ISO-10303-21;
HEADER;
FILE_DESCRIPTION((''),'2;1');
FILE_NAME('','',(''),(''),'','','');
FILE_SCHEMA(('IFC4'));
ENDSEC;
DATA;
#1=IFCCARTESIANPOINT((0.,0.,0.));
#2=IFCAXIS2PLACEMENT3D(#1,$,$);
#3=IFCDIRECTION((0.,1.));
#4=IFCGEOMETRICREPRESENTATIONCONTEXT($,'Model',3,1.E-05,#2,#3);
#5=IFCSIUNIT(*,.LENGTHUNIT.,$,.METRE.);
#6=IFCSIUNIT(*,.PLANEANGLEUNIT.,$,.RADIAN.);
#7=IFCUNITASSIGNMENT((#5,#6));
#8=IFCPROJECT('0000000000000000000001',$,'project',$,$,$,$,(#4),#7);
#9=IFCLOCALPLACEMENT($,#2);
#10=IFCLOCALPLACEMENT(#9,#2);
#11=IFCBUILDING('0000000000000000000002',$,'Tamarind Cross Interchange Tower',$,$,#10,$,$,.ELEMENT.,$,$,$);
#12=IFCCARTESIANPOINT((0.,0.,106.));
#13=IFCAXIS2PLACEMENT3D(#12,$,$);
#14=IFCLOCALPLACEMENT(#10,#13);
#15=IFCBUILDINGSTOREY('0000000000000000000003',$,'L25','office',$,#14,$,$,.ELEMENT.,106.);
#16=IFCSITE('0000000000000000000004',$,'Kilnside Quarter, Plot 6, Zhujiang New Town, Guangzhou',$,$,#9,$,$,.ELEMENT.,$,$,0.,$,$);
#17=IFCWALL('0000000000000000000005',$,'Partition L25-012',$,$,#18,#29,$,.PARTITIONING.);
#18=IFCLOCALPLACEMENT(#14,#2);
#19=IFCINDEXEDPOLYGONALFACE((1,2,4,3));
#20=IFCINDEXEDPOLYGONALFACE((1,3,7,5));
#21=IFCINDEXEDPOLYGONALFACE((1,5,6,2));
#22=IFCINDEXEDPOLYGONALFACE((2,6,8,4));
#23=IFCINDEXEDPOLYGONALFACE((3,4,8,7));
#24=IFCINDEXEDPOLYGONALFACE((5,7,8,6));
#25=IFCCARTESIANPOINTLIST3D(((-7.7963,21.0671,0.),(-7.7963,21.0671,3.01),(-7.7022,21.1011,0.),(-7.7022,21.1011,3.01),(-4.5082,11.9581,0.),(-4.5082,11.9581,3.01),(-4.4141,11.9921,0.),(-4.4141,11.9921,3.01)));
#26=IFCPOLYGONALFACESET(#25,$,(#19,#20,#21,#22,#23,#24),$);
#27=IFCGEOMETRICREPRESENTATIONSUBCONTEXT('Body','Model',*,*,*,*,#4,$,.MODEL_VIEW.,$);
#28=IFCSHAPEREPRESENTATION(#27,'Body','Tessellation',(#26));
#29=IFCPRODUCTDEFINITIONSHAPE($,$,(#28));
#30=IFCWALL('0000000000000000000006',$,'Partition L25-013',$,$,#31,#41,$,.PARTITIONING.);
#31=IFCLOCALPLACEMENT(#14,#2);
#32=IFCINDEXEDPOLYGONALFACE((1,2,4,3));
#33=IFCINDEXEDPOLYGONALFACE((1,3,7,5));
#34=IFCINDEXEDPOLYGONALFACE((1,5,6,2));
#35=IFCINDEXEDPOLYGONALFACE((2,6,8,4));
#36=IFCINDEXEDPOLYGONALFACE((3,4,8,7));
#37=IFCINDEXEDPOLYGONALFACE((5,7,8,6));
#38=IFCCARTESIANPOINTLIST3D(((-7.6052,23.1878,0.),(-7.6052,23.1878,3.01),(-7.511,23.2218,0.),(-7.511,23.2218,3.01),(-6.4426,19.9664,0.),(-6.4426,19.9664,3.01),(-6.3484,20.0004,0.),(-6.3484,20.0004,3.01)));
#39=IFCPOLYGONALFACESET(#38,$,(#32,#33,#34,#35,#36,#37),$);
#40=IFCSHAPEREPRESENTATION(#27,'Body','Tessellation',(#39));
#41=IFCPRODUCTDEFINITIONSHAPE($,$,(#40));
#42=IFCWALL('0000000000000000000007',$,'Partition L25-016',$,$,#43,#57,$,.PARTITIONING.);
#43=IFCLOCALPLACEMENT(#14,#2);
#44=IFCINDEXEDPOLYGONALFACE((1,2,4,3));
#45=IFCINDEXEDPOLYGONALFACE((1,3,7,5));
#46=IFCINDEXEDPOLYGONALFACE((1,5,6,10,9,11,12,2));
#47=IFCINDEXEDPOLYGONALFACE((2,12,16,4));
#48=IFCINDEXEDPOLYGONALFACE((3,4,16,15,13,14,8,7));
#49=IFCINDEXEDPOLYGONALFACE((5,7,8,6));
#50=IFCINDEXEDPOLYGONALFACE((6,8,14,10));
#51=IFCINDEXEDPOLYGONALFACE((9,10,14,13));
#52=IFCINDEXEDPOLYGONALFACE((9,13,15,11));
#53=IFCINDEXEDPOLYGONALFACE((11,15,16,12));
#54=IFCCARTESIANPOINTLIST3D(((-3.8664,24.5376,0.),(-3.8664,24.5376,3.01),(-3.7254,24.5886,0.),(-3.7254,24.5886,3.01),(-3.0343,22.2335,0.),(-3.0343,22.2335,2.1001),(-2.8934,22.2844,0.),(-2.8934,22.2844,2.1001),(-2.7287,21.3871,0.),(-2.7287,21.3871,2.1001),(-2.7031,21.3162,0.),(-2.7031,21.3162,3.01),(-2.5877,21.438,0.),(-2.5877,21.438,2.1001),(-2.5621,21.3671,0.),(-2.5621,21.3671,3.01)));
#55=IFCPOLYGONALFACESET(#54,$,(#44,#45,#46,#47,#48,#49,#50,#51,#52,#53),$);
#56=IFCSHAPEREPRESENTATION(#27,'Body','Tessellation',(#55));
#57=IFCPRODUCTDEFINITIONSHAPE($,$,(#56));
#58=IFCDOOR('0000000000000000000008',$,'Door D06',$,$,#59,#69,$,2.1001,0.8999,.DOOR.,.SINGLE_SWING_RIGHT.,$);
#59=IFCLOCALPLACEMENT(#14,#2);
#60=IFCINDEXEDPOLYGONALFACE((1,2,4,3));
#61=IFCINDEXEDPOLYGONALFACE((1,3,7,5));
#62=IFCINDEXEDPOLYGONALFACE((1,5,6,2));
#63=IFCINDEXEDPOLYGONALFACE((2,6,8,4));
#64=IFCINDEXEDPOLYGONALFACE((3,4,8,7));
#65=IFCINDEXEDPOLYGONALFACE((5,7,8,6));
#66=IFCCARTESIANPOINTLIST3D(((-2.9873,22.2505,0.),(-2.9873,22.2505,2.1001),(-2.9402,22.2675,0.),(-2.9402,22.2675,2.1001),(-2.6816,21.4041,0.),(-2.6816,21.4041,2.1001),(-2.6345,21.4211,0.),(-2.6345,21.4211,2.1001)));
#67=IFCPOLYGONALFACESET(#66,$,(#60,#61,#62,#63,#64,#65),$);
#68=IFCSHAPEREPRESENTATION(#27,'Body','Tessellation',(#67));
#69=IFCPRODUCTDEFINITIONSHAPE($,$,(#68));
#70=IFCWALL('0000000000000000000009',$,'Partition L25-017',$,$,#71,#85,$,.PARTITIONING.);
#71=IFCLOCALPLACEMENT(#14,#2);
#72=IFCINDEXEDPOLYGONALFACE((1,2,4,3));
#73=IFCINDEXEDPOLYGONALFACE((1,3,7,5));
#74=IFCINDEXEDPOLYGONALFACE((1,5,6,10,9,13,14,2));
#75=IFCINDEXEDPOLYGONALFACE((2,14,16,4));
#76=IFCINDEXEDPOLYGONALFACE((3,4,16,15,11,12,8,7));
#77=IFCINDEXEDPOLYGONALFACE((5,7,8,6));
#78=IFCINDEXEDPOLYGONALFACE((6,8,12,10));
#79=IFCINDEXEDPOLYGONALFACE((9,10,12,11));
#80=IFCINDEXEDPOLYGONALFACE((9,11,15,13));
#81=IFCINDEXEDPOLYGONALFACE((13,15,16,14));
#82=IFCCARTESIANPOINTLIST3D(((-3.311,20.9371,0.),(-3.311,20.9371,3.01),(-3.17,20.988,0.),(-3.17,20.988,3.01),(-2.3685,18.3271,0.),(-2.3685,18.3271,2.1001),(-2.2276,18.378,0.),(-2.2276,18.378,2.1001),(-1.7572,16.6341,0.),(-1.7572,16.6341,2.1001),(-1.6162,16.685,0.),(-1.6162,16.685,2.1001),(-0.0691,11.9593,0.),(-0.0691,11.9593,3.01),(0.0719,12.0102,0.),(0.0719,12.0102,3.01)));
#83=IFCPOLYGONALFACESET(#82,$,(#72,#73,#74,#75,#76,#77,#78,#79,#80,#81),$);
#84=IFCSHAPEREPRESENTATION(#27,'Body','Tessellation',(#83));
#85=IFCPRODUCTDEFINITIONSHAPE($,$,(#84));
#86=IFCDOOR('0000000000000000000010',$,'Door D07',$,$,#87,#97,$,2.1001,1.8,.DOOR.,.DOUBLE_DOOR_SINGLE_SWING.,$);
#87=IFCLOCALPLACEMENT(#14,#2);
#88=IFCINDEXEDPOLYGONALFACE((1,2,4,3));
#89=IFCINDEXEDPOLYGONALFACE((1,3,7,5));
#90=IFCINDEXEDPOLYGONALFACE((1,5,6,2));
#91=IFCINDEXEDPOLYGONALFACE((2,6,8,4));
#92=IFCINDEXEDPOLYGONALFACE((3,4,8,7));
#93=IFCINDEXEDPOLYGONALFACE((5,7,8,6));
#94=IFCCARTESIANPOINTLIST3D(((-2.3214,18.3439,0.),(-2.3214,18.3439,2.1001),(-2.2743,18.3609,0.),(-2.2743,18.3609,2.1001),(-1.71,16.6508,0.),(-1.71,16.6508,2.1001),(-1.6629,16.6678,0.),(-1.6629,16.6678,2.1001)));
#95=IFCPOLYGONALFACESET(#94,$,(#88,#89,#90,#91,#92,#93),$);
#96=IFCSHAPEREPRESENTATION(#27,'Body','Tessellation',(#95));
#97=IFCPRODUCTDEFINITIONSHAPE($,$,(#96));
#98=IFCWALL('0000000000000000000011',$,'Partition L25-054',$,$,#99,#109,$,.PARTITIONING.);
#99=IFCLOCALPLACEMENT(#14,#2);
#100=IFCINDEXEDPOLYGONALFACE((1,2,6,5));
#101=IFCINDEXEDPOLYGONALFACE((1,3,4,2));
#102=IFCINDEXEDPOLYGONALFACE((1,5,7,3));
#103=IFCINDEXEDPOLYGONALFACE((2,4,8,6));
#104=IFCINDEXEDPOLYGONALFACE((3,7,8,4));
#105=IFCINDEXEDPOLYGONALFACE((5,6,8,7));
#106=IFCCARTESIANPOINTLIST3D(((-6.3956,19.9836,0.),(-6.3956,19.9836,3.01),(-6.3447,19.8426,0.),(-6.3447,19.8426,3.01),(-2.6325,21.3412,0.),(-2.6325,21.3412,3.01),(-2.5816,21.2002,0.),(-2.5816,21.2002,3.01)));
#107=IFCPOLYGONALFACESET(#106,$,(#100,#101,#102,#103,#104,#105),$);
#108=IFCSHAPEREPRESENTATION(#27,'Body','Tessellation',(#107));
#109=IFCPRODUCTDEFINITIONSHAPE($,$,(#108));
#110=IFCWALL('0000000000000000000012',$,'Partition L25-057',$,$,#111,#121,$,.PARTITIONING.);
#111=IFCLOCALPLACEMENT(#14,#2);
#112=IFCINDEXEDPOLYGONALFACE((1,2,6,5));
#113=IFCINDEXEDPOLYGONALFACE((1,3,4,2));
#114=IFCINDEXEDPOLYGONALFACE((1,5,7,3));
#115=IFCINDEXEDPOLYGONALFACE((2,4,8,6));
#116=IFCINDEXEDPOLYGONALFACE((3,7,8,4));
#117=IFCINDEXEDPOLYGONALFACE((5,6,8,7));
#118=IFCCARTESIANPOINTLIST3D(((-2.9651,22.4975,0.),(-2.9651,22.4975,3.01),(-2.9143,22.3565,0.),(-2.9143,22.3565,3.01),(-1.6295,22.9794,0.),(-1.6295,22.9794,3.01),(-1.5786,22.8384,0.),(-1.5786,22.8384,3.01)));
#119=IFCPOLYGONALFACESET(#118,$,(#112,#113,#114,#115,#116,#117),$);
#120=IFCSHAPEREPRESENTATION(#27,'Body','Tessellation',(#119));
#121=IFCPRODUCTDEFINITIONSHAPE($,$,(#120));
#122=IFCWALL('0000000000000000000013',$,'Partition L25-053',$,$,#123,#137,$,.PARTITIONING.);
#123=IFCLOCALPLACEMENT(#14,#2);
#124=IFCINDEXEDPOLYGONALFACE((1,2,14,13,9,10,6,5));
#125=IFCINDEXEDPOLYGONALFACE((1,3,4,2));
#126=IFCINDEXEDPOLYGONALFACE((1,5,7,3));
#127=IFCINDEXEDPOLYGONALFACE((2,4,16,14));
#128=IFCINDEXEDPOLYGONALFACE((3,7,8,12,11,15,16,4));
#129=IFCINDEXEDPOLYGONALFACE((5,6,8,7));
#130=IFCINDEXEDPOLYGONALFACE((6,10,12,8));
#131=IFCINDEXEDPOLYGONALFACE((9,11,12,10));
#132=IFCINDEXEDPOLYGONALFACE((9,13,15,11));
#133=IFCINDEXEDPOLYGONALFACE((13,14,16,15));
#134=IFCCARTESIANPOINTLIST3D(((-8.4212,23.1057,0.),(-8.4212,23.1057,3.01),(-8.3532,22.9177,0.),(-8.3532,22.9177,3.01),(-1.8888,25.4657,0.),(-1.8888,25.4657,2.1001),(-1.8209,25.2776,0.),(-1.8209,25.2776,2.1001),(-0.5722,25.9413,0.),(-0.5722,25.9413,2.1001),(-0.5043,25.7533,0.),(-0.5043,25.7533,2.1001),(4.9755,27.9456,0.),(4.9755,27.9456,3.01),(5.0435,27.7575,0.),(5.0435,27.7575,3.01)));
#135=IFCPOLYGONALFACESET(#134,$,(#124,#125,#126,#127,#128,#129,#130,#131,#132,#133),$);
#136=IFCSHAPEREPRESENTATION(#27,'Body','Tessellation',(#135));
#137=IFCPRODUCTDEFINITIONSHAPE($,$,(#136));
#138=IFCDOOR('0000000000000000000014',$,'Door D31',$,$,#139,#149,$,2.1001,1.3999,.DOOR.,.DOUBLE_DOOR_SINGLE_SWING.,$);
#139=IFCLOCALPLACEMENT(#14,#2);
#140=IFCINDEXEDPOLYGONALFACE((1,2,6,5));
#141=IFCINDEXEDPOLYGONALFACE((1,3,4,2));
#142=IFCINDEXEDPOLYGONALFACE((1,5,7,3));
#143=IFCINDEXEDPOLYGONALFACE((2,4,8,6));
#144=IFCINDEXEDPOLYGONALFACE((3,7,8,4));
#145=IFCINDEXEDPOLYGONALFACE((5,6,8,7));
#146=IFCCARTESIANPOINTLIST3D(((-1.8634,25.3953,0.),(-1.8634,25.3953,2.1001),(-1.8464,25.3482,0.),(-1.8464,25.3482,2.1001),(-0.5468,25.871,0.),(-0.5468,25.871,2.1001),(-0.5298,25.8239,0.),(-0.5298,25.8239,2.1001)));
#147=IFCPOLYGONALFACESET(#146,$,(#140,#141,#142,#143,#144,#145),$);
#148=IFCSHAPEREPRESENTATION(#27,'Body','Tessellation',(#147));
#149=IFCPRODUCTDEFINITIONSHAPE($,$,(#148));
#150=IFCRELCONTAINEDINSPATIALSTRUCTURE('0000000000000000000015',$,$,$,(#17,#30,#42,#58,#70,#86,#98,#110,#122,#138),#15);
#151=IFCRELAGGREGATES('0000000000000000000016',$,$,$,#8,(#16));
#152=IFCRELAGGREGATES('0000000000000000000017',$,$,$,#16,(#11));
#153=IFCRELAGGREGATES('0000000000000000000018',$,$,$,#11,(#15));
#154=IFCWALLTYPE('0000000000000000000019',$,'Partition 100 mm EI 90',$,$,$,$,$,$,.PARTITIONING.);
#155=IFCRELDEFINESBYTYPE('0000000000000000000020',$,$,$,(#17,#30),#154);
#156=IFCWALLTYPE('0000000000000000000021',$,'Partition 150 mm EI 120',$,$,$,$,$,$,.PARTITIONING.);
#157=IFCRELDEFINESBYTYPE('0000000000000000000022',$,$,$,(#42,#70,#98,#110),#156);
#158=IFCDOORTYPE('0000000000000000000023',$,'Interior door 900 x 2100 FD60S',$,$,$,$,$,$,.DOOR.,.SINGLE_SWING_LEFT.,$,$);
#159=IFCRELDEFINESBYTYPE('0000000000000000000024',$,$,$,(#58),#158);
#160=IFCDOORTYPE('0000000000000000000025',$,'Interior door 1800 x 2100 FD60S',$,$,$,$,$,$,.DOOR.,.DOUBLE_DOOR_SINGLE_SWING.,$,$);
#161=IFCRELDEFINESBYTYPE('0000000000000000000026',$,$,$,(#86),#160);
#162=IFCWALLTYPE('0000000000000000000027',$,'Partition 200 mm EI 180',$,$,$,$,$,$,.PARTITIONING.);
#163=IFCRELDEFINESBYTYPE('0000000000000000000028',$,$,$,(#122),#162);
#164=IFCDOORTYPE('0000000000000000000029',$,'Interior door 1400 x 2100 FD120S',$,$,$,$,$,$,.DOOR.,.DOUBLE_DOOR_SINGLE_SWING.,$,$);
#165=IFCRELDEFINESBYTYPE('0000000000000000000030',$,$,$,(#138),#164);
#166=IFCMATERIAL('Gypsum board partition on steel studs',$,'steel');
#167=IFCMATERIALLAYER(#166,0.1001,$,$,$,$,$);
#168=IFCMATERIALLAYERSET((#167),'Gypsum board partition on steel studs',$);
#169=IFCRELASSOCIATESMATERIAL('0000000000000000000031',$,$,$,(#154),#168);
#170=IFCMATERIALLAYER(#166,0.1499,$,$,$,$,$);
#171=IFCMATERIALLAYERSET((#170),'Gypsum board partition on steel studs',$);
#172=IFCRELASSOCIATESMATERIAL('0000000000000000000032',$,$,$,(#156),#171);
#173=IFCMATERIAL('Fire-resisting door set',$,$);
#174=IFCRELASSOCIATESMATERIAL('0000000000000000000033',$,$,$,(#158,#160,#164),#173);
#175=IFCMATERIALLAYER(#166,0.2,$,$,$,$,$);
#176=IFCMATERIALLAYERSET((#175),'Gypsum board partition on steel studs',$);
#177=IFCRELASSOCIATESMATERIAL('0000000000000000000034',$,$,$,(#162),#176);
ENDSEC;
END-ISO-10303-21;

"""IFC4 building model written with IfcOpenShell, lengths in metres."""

from ifc_helpers import new_model, si_unit, direction, frame, frame_2d, origin, place, context, subcontext, project, spatial, rectangle, extrude, material, layer, layer_set, type_object, element, fill, save


model = new_model("IFC4")

# Units and contexts
model_context = context("Model", 3, precision=1e-05, world=origin(), true_north=direction((0.0, 1.0)))
body_context = subcontext(model_context, "Body", "Model", "MODEL_VIEW")
ifc_project = project(units=[si_unit("LENGTHUNIT", "METRE"), si_unit("PLANEANGLEUNIT", "RADIAN")], contexts=[model_context])

# Site, building, storey
site_placement = place(None, origin())
site = spatial("IfcSite", under=ifc_project, at=site_placement, Name="Kilnside Quarter, Plot 6, Zhujiang New Town, Guangzhou", CompositionType="ELEMENT", RefElevation=0.0)
building_placement = place(site_placement, origin())
building = spatial("IfcBuilding", under=site, at=building_placement, Name="Tamarind Cross Interchange Tower", CompositionType="ELEMENT")
storey_placement = place(building_placement, frame((0.0, 0.0, 106.0)))
storey = spatial("IfcBuildingStorey", under=building, at=storey_placement, Name="L25", Description="office", CompositionType="ELEMENT", Elevation=106.0)

# Walls
ifc_material_1 = material(Name="Gypsum board partition on steel studs", Category="steel")
ifc_layer_1 = layer(ifc_material_1, 0.1001)
ifc_layer_set_1 = layer_set([ifc_layer_1], Name="Gypsum board partition on steel studs")
wall_type_1 = type_object("IfcWallType", Name="Partition 100 mm EI 90", PredefinedType="PARTITIONING", material=ifc_layer_set_1)
wall_1_placement = place(storey_placement, frame((-7.7493, 21.0842, 0.0), z_axis=(0.0, 0.0, 1.0), x_axis=(0.339524, -0.940598, 0.0)))
element("IfcWall", 1, at=wall_1_placement, inside=storey, type_object=wall_type_1, Name="Partition L25-012", PredefinedType="PARTITIONING", context=body_context, shape_type="SweptSolid", body=[
    extrude(rectangle(XDim=9.6843, YDim=0.1001, at=frame_2d((4.8423, 0.0))), origin(), (0.0, 0.0, 1.0), 3.01),
])
wall_2_placement = place(storey_placement, frame((-7.5581, 23.2048, 0.0), z_axis=(0.0, 0.0, 1.0), x_axis=(0.339464, -0.940619, 0.0)))
element("IfcWall", 2, at=wall_2_placement, inside=storey, type_object=wall_type_1, Name="Partition L25-013", PredefinedType="PARTITIONING", context=body_context, shape_type="SweptSolid", body=[
    extrude(rectangle(XDim=3.4248, YDim=0.1001, at=frame_2d((1.7124, 0.0))), origin(), (0.0, 0.0, 1.0), 3.01),
])

# Walls, openings, doors
ifc_layer_2 = layer(ifc_material_1, 0.1499)
ifc_layer_set_2 = layer_set([ifc_layer_2], Name="Gypsum board partition on steel studs")
wall_type_2 = type_object("IfcWallType", Name="Partition 150 mm EI 120", PredefinedType="PARTITIONING", material=ifc_layer_set_2)
wall_3_placement = place(storey_placement, frame((-3.7959, 24.563, 0.0), z_axis=(0.0, 0.0, 1.0), x_axis=(0.339653, -0.940551, 0.0)))
wall_3 = element("IfcWall", 3, at=wall_3_placement, inside=storey, type_object=wall_type_2, Name="Partition L25-016", PredefinedType="PARTITIONING", context=body_context, shape_type="SweptSolid", body=[
    extrude(rectangle(XDim=3.425, YDim=0.1499, at=frame_2d((1.7124, 0.0))), origin(), (0.0, 0.0, 1.0), 3.01),
])
opening_1_placement = place(wall_3_placement, frame((2.4497, 0.0, 0.0)))
opening_1 = element("IfcOpeningElement", 4, at=opening_1_placement, cuts=wall_3, PredefinedType="OPENING", context=body_context, shape_type="SweptSolid", body=[
    extrude(rectangle(XDim=0.8999, YDim=2.1001, at=frame_2d((0.45, 1.05))), frame((0.0, 0.085, 0.0), z_axis=(0.0, -1.0, 0.0), x_axis=(1.0, 0.0, 0.0)), (0.0, 0.0, 1.0), 0.1699),
])
ifc_material_2 = material(Name="Fire-resisting door set")
door_type_1 = type_object("IfcDoorType", Name="Interior door 900 x 2100 FD60S", OperationType="SINGLE_SWING_LEFT", PredefinedType="DOOR", material=ifc_material_2)
door_1_placement = place(opening_1_placement, frame((0.8999, 0.0, 0.0), z_axis=(0.0, 0.0, 1.0), x_axis=(-1.0, 0.0, 0.0)))
door_1 = element("IfcDoor", 5, at=door_1_placement, inside=storey, type_object=door_type_1, Name="Door D06", OperationType="SINGLE_SWING_RIGHT", OverallHeight=2.1001, OverallWidth=0.8999, PredefinedType="DOOR", context=body_context, shape_type="SweptSolid", body=[
    extrude(rectangle(XDim=0.8999, YDim=2.1001, at=frame_2d((0.45, 1.05))), frame((0.0, 0.0249, 0.0), z_axis=(0.0, -1.0, 0.0), x_axis=(1.0, 0.0, 0.0)), (0.0, 0.0, 1.0), 0.05),
])
fill(opening_1, door_1)
wall_4_placement = place(storey_placement, frame((-3.2405, 20.9624, 0.0), z_axis=(0.0, 0.0, 1.0), x_axis=(0.339641, -0.940555, 0.0)))
wall_4 = element("IfcWall", 6, at=wall_4_placement, inside=storey, type_object=wall_type_2, Name="Partition L25-017", PredefinedType="PARTITIONING", context=body_context, shape_type="SweptSolid", body=[
    extrude(rectangle(XDim=9.5452, YDim=0.1499, at=frame_2d((4.7725, 0.0))), origin(), (0.0, 0.0, 1.0), 3.01),
])
opening_2_placement = place(wall_4_placement, frame((2.7749, 0.0, 0.0)))
opening_2 = element("IfcOpeningElement", 7, at=opening_2_placement, cuts=wall_4, PredefinedType="OPENING", context=body_context, shape_type="SweptSolid", body=[
    extrude(rectangle(XDim=1.8, YDim=2.1001, at=frame_2d((0.8999, 1.05))), frame((0.0, 0.085, 0.0), z_axis=(0.0, -1.0, 0.0), x_axis=(1.0, 0.0, 0.0)), (0.0, 0.0, 1.0), 0.1699),
])
door_type_2 = type_object("IfcDoorType", Name="Interior door 1800 x 2100 FD60S", OperationType="DOUBLE_DOOR_SINGLE_SWING", PredefinedType="DOOR", material=ifc_material_2)
door_2_placement = place(opening_2_placement, frame((1.8, 0.0, 0.0), z_axis=(0.0, 0.0, 1.0), x_axis=(-1.0, 0.0, 0.0)))
door_2 = element("IfcDoor", 8, at=door_2_placement, inside=storey, type_object=door_type_2, Name="Door D07", OperationType="DOUBLE_DOOR_SINGLE_SWING", OverallHeight=2.1001, OverallWidth=1.8, PredefinedType="DOOR", context=body_context, shape_type="SweptSolid", body=[
    extrude(rectangle(XDim=1.8, YDim=2.1001, at=frame_2d((0.8999, 1.05))), frame((0.0, 0.0249, 0.0), z_axis=(0.0, -1.0, 0.0), x_axis=(1.0, 0.0, 0.0)), (0.0, 0.0, 1.0), 0.05),
])
fill(opening_2, door_2)

# Walls
wall_5_placement = place(storey_placement, frame((-6.3701, 19.9131, 0.0), z_axis=(0.0, 0.0, 1.0), x_axis=(0.940655, 0.339366, 0.0)))
element("IfcWall", 9, at=wall_5_placement, inside=storey, type_object=wall_type_2, Name="Partition L25-054", PredefinedType="PARTITIONING", context=body_context, shape_type="SweptSolid", body=[
    extrude(rectangle(XDim=4.0005, YDim=0.1499, at=frame_2d((2.0002, 0.0))), origin(), (0.0, 0.0, 1.0), 3.01),
])
wall_6_placement = place(storey_placement, frame((-2.9397, 22.427, 0.0), z_axis=(0.0, 0.0, 1.0), x_axis=(0.940644, 0.339395, 0.0)))
element("IfcWall", 10, at=wall_6_placement, inside=storey, type_object=wall_type_2, Name="Partition L25-057", PredefinedType="PARTITIONING", context=body_context, shape_type="SweptSolid", body=[
    extrude(rectangle(XDim=1.4199, YDim=0.1499, at=frame_2d((0.71, 0.0))), origin(), (0.0, 0.0, 1.0), 3.01),
])

# Wall, opening, door
ifc_layer_3 = layer(ifc_material_1, 0.2)
ifc_layer_set_3 = layer_set([ifc_layer_3], Name="Gypsum board partition on steel studs")
wall_type_3 = type_object("IfcWallType", Name="Partition 200 mm EI 180", PredefinedType="PARTITIONING", material=ifc_layer_set_3)
wall_7_placement = place(storey_placement, frame((-8.3872, 23.0117, 0.0), z_axis=(0.0, 0.0, 1.0), x_axis=(0.940506, 0.339777, 0.0)))
wall_7 = element("IfcWall", 11, at=wall_7_placement, inside=storey, type_object=wall_type_3, Name="Partition L25-053", PredefinedType="PARTITIONING", context=body_context, shape_type="SweptSolid", body=[
    extrude(rectangle(XDim=14.2441, YDim=0.2, at=frame_2d((7.1221, 0.0))), origin(), (0.0, 0.0, 1.0), 3.01),
])
opening_3_placement = place(wall_7_placement, frame((6.9456, 0.0, 0.0)))
opening_3 = element("IfcOpeningElement", 12, at=opening_3_placement, cuts=wall_7, PredefinedType="OPENING", context=body_context, shape_type="SweptSolid", body=[
    extrude(rectangle(XDim=1.3999, YDim=2.1001, at=frame_2d((0.7, 1.05))), frame((0.0, 0.1099, 0.0), z_axis=(0.0, -1.0, 0.0), x_axis=(1.0, 0.0, 0.0)), (0.0, 0.0, 1.0), 0.22),
])
door_type_3 = type_object("IfcDoorType", Name="Interior door 1400 x 2100 FD120S", OperationType="DOUBLE_DOOR_SINGLE_SWING", PredefinedType="DOOR", material=ifc_material_2)
door_3_placement = place(opening_3_placement, frame((1.3999, 0.0, 0.0), z_axis=(0.0, 0.0, 1.0), x_axis=(-1.0, 0.0, 0.0)))
door_3 = element("IfcDoor", 13, at=door_3_placement, inside=storey, type_object=door_type_3, Name="Door D31", OperationType="DOUBLE_DOOR_SINGLE_SWING", OverallHeight=2.1001, OverallWidth=1.3999, PredefinedType="DOOR", context=body_context, shape_type="SweptSolid", body=[
    extrude(rectangle(XDim=1.3999, YDim=2.1001, at=frame_2d((0.7, 1.05))), frame((0.0, 0.0249, 0.0), z_axis=(0.0, -1.0, 0.0), x_axis=(1.0, 0.0, 0.0)), (0.0, 0.0, 1.0), 0.05),
])
fill(opening_3, door_3)

save(model, "model.ifc")
